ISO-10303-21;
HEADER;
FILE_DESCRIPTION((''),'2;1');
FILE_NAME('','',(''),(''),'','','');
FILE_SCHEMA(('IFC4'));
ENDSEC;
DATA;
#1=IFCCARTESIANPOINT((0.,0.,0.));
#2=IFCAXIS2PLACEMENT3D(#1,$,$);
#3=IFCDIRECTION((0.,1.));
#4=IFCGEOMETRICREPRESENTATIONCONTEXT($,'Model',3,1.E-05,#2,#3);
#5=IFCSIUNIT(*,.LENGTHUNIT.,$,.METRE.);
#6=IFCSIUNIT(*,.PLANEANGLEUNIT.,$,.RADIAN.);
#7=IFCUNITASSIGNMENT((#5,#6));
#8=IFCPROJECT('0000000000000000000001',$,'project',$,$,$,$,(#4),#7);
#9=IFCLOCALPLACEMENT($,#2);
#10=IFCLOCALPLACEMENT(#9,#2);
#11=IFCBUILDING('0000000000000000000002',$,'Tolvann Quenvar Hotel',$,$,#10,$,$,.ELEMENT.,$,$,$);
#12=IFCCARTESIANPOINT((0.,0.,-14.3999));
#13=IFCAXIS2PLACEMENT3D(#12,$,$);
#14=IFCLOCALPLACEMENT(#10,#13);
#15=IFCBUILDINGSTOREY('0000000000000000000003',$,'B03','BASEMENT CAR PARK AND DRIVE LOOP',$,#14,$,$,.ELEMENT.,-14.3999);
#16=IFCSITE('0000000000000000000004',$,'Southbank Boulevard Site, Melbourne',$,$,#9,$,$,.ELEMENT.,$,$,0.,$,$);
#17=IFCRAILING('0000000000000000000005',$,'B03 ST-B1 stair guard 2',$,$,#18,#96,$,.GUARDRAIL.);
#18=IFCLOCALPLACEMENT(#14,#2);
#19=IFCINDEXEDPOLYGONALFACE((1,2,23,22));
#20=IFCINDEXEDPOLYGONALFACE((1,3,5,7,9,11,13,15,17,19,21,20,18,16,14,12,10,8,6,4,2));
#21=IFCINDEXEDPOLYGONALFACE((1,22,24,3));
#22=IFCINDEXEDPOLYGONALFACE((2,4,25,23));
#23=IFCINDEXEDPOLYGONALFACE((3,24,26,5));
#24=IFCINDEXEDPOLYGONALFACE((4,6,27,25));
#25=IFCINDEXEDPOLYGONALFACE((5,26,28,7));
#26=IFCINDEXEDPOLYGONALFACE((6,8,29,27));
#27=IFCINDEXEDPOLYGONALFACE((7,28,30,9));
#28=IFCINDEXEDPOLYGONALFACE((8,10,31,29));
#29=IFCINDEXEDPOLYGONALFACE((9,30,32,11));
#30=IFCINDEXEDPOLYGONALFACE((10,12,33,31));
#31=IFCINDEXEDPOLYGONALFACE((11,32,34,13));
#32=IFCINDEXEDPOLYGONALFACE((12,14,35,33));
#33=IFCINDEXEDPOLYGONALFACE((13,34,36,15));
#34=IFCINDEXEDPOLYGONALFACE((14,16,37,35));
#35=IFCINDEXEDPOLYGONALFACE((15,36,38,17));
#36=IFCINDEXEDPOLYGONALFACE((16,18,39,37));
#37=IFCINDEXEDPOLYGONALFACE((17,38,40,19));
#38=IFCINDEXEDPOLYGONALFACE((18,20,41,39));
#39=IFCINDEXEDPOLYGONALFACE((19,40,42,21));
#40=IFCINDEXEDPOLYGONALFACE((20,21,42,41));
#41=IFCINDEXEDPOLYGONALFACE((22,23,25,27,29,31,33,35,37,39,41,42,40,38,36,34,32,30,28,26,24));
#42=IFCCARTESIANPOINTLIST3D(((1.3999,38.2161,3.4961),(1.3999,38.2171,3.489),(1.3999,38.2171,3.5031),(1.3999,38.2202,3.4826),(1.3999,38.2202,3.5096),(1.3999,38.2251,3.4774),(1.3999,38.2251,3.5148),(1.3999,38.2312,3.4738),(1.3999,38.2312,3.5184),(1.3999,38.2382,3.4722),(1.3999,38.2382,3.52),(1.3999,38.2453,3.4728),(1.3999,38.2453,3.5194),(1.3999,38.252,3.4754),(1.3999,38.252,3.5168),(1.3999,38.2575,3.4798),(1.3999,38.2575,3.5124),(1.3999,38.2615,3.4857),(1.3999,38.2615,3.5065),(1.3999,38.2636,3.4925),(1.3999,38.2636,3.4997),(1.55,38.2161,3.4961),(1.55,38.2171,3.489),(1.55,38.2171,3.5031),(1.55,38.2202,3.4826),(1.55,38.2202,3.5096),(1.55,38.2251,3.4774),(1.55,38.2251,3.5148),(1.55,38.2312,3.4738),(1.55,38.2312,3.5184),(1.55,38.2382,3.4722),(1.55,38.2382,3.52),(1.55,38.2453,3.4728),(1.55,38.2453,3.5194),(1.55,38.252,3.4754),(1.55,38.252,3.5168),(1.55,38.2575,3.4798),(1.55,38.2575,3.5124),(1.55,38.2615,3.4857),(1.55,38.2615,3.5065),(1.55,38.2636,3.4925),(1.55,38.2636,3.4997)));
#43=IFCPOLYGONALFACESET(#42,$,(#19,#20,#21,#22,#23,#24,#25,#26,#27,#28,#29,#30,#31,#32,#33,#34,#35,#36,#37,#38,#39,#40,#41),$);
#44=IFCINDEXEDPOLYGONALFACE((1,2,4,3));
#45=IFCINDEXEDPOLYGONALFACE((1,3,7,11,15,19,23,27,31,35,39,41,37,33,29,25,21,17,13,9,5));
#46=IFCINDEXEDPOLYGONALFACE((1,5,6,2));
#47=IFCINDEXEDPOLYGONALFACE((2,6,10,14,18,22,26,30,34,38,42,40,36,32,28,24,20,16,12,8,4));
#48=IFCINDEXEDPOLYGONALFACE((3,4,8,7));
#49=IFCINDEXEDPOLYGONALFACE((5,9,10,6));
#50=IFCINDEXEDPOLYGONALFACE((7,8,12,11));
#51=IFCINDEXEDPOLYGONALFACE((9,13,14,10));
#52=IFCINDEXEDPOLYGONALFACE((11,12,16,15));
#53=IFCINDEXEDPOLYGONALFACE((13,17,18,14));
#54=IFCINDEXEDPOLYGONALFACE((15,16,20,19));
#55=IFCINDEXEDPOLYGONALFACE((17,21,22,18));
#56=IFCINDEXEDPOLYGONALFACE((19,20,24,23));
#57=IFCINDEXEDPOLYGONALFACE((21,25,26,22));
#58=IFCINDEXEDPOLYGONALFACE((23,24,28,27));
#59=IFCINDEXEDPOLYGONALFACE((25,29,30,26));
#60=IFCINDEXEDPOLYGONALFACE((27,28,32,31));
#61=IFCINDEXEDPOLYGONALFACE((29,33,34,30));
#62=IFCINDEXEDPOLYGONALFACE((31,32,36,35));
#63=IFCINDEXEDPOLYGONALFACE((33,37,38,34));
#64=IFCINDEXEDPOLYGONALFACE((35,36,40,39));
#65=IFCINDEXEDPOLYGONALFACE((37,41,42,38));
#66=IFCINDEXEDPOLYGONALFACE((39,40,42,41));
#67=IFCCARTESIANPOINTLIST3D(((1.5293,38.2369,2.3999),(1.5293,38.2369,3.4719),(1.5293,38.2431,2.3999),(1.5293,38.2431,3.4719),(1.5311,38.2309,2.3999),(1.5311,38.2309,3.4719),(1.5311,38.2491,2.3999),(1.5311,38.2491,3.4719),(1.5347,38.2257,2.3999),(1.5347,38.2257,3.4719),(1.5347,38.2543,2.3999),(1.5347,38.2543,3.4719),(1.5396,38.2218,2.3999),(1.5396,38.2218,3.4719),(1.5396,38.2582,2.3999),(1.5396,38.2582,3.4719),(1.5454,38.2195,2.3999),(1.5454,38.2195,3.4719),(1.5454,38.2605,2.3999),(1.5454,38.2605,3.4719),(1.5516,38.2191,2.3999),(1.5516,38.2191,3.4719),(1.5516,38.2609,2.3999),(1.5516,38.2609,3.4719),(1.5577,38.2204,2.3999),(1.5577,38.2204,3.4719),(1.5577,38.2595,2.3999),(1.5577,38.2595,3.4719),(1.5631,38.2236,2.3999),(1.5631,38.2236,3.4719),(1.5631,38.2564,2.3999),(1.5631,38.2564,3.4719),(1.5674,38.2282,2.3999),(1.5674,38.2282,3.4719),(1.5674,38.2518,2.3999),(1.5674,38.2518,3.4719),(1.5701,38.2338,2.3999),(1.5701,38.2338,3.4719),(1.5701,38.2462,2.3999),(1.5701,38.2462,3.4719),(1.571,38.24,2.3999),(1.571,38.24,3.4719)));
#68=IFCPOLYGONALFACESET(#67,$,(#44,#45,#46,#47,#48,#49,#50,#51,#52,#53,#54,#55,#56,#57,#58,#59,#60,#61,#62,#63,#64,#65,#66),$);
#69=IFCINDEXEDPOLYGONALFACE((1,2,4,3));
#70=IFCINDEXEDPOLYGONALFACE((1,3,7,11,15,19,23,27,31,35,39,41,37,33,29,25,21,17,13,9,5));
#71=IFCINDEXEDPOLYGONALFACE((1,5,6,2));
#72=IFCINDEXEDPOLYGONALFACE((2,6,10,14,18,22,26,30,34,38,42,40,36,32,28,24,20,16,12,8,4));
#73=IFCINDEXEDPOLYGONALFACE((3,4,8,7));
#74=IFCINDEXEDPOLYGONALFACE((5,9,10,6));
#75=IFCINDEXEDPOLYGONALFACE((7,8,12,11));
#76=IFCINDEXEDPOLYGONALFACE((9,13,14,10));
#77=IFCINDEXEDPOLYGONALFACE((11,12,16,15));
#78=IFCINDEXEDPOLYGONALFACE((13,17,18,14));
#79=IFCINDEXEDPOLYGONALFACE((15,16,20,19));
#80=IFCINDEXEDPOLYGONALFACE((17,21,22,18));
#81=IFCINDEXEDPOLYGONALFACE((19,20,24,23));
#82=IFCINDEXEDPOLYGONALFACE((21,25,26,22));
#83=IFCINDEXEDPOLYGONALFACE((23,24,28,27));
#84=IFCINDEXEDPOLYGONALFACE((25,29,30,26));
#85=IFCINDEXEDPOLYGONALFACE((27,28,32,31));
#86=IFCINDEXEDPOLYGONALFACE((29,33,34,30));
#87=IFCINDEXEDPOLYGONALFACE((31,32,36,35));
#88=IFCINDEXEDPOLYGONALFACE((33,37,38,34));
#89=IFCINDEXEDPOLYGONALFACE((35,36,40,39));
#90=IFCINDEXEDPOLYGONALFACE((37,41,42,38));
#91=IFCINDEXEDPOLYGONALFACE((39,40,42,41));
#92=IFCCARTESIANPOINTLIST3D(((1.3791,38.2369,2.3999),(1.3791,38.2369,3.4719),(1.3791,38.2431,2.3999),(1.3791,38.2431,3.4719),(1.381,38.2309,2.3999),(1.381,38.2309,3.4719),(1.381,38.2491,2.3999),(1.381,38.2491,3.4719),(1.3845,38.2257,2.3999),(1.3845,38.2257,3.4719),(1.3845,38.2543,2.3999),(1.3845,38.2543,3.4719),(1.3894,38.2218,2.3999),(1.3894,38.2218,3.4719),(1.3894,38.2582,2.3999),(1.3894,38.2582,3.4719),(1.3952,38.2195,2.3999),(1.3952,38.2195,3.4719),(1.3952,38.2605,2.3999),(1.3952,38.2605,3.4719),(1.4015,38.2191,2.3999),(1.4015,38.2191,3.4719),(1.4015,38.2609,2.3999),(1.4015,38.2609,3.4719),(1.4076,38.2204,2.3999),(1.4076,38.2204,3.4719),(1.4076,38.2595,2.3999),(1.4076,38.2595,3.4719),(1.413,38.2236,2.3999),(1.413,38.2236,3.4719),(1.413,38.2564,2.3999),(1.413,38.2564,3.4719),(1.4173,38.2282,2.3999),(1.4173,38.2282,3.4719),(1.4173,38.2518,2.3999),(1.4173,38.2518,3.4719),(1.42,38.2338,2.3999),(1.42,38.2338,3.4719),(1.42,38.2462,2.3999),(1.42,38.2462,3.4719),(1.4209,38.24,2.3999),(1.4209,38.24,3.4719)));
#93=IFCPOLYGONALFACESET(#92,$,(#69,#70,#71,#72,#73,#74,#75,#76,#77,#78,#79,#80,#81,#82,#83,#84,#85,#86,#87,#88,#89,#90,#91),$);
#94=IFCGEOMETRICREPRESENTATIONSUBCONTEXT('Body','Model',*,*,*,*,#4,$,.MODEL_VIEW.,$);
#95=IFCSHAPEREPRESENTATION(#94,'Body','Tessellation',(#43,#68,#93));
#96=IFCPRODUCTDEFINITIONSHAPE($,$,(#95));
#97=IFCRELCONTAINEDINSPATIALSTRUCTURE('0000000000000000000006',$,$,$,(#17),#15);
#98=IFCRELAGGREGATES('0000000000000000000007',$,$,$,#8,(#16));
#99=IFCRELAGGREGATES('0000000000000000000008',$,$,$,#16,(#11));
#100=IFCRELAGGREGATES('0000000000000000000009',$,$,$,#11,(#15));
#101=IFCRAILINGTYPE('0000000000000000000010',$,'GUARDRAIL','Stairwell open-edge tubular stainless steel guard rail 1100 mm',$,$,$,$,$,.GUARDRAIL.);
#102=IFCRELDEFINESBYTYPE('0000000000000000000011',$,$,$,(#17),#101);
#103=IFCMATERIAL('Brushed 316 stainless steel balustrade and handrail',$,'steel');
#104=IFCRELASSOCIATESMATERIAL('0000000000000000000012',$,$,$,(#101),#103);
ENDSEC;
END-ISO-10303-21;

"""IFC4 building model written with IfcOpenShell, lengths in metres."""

from ifc_helpers import new_model, si_unit, direction, frame, origin, origin_2d, place, context, subcontext, project, spatial, circle, extrude, material, type_object, element, save


model = new_model("IFC4")

# Units and contexts
model_context = context("Model", 3, precision=1e-05, world=origin(), true_north=direction((0.0, 1.0)))
body_context = subcontext(model_context, "Body", "Model", "MODEL_VIEW")
ifc_project = project(units=[si_unit("LENGTHUNIT", "METRE"), si_unit("PLANEANGLEUNIT", "RADIAN")], contexts=[model_context])

# Site, building, storey
site_placement = place(None, origin())
site = spatial("IfcSite", under=ifc_project, at=site_placement, Name="Southbank Boulevard Site, Melbourne", CompositionType="ELEMENT", RefElevation=0.0)
building_placement = place(site_placement, origin())
building = spatial("IfcBuilding", under=site, at=building_placement, Name="Tolvann Quenvar Hotel", CompositionType="ELEMENT")
storey_placement = place(building_placement, frame((0.0, 0.0, -14.3999)))
storey = spatial("IfcBuildingStorey", under=building, at=storey_placement, Name="B03", Description="BASEMENT CAR PARK AND DRIVE LOOP", CompositionType="ELEMENT", Elevation=-14.3999)

# Railing
ifc_material_1 = material(Name="Brushed 316 stainless steel balustrade and handrail", Category="steel")
railing_type_1 = type_object("IfcRailingType", Name="GUARDRAIL", Description="Stairwell open-edge tubular stainless steel guard rail 1100 mm", PredefinedType="GUARDRAIL", material=ifc_material_1)
railing_1_placement = place(storey_placement, frame((1.55, 38.24, 2.3999)))
element("IfcRailing", 1, at=railing_1_placement, inside=storey, type_object=railing_type_1, Name="B03 ST-B1 stair guard 2", PredefinedType="GUARDRAIL", context=body_context, shape_type="SweptSolid", body=[
    extrude(circle(Radius=0.0239, at=origin_2d()), frame((0.0, 0.0, 1.0962), z_axis=(-1.0, 0.0, 0.0), x_axis=(0.0, -1.0, 0.0)), (0.0, 0.0, 1.0), 0.1501),
    extrude(circle(Radius=0.021, at=origin_2d()), origin(), (0.0, 0.0, 1.0), 1.072),
    extrude(circle(Radius=0.021, at=origin_2d()), frame((-0.1501, 0.0, 0.0)), (0.0, 0.0, 1.0), 1.072),
])

save(model, "model.ifc")
